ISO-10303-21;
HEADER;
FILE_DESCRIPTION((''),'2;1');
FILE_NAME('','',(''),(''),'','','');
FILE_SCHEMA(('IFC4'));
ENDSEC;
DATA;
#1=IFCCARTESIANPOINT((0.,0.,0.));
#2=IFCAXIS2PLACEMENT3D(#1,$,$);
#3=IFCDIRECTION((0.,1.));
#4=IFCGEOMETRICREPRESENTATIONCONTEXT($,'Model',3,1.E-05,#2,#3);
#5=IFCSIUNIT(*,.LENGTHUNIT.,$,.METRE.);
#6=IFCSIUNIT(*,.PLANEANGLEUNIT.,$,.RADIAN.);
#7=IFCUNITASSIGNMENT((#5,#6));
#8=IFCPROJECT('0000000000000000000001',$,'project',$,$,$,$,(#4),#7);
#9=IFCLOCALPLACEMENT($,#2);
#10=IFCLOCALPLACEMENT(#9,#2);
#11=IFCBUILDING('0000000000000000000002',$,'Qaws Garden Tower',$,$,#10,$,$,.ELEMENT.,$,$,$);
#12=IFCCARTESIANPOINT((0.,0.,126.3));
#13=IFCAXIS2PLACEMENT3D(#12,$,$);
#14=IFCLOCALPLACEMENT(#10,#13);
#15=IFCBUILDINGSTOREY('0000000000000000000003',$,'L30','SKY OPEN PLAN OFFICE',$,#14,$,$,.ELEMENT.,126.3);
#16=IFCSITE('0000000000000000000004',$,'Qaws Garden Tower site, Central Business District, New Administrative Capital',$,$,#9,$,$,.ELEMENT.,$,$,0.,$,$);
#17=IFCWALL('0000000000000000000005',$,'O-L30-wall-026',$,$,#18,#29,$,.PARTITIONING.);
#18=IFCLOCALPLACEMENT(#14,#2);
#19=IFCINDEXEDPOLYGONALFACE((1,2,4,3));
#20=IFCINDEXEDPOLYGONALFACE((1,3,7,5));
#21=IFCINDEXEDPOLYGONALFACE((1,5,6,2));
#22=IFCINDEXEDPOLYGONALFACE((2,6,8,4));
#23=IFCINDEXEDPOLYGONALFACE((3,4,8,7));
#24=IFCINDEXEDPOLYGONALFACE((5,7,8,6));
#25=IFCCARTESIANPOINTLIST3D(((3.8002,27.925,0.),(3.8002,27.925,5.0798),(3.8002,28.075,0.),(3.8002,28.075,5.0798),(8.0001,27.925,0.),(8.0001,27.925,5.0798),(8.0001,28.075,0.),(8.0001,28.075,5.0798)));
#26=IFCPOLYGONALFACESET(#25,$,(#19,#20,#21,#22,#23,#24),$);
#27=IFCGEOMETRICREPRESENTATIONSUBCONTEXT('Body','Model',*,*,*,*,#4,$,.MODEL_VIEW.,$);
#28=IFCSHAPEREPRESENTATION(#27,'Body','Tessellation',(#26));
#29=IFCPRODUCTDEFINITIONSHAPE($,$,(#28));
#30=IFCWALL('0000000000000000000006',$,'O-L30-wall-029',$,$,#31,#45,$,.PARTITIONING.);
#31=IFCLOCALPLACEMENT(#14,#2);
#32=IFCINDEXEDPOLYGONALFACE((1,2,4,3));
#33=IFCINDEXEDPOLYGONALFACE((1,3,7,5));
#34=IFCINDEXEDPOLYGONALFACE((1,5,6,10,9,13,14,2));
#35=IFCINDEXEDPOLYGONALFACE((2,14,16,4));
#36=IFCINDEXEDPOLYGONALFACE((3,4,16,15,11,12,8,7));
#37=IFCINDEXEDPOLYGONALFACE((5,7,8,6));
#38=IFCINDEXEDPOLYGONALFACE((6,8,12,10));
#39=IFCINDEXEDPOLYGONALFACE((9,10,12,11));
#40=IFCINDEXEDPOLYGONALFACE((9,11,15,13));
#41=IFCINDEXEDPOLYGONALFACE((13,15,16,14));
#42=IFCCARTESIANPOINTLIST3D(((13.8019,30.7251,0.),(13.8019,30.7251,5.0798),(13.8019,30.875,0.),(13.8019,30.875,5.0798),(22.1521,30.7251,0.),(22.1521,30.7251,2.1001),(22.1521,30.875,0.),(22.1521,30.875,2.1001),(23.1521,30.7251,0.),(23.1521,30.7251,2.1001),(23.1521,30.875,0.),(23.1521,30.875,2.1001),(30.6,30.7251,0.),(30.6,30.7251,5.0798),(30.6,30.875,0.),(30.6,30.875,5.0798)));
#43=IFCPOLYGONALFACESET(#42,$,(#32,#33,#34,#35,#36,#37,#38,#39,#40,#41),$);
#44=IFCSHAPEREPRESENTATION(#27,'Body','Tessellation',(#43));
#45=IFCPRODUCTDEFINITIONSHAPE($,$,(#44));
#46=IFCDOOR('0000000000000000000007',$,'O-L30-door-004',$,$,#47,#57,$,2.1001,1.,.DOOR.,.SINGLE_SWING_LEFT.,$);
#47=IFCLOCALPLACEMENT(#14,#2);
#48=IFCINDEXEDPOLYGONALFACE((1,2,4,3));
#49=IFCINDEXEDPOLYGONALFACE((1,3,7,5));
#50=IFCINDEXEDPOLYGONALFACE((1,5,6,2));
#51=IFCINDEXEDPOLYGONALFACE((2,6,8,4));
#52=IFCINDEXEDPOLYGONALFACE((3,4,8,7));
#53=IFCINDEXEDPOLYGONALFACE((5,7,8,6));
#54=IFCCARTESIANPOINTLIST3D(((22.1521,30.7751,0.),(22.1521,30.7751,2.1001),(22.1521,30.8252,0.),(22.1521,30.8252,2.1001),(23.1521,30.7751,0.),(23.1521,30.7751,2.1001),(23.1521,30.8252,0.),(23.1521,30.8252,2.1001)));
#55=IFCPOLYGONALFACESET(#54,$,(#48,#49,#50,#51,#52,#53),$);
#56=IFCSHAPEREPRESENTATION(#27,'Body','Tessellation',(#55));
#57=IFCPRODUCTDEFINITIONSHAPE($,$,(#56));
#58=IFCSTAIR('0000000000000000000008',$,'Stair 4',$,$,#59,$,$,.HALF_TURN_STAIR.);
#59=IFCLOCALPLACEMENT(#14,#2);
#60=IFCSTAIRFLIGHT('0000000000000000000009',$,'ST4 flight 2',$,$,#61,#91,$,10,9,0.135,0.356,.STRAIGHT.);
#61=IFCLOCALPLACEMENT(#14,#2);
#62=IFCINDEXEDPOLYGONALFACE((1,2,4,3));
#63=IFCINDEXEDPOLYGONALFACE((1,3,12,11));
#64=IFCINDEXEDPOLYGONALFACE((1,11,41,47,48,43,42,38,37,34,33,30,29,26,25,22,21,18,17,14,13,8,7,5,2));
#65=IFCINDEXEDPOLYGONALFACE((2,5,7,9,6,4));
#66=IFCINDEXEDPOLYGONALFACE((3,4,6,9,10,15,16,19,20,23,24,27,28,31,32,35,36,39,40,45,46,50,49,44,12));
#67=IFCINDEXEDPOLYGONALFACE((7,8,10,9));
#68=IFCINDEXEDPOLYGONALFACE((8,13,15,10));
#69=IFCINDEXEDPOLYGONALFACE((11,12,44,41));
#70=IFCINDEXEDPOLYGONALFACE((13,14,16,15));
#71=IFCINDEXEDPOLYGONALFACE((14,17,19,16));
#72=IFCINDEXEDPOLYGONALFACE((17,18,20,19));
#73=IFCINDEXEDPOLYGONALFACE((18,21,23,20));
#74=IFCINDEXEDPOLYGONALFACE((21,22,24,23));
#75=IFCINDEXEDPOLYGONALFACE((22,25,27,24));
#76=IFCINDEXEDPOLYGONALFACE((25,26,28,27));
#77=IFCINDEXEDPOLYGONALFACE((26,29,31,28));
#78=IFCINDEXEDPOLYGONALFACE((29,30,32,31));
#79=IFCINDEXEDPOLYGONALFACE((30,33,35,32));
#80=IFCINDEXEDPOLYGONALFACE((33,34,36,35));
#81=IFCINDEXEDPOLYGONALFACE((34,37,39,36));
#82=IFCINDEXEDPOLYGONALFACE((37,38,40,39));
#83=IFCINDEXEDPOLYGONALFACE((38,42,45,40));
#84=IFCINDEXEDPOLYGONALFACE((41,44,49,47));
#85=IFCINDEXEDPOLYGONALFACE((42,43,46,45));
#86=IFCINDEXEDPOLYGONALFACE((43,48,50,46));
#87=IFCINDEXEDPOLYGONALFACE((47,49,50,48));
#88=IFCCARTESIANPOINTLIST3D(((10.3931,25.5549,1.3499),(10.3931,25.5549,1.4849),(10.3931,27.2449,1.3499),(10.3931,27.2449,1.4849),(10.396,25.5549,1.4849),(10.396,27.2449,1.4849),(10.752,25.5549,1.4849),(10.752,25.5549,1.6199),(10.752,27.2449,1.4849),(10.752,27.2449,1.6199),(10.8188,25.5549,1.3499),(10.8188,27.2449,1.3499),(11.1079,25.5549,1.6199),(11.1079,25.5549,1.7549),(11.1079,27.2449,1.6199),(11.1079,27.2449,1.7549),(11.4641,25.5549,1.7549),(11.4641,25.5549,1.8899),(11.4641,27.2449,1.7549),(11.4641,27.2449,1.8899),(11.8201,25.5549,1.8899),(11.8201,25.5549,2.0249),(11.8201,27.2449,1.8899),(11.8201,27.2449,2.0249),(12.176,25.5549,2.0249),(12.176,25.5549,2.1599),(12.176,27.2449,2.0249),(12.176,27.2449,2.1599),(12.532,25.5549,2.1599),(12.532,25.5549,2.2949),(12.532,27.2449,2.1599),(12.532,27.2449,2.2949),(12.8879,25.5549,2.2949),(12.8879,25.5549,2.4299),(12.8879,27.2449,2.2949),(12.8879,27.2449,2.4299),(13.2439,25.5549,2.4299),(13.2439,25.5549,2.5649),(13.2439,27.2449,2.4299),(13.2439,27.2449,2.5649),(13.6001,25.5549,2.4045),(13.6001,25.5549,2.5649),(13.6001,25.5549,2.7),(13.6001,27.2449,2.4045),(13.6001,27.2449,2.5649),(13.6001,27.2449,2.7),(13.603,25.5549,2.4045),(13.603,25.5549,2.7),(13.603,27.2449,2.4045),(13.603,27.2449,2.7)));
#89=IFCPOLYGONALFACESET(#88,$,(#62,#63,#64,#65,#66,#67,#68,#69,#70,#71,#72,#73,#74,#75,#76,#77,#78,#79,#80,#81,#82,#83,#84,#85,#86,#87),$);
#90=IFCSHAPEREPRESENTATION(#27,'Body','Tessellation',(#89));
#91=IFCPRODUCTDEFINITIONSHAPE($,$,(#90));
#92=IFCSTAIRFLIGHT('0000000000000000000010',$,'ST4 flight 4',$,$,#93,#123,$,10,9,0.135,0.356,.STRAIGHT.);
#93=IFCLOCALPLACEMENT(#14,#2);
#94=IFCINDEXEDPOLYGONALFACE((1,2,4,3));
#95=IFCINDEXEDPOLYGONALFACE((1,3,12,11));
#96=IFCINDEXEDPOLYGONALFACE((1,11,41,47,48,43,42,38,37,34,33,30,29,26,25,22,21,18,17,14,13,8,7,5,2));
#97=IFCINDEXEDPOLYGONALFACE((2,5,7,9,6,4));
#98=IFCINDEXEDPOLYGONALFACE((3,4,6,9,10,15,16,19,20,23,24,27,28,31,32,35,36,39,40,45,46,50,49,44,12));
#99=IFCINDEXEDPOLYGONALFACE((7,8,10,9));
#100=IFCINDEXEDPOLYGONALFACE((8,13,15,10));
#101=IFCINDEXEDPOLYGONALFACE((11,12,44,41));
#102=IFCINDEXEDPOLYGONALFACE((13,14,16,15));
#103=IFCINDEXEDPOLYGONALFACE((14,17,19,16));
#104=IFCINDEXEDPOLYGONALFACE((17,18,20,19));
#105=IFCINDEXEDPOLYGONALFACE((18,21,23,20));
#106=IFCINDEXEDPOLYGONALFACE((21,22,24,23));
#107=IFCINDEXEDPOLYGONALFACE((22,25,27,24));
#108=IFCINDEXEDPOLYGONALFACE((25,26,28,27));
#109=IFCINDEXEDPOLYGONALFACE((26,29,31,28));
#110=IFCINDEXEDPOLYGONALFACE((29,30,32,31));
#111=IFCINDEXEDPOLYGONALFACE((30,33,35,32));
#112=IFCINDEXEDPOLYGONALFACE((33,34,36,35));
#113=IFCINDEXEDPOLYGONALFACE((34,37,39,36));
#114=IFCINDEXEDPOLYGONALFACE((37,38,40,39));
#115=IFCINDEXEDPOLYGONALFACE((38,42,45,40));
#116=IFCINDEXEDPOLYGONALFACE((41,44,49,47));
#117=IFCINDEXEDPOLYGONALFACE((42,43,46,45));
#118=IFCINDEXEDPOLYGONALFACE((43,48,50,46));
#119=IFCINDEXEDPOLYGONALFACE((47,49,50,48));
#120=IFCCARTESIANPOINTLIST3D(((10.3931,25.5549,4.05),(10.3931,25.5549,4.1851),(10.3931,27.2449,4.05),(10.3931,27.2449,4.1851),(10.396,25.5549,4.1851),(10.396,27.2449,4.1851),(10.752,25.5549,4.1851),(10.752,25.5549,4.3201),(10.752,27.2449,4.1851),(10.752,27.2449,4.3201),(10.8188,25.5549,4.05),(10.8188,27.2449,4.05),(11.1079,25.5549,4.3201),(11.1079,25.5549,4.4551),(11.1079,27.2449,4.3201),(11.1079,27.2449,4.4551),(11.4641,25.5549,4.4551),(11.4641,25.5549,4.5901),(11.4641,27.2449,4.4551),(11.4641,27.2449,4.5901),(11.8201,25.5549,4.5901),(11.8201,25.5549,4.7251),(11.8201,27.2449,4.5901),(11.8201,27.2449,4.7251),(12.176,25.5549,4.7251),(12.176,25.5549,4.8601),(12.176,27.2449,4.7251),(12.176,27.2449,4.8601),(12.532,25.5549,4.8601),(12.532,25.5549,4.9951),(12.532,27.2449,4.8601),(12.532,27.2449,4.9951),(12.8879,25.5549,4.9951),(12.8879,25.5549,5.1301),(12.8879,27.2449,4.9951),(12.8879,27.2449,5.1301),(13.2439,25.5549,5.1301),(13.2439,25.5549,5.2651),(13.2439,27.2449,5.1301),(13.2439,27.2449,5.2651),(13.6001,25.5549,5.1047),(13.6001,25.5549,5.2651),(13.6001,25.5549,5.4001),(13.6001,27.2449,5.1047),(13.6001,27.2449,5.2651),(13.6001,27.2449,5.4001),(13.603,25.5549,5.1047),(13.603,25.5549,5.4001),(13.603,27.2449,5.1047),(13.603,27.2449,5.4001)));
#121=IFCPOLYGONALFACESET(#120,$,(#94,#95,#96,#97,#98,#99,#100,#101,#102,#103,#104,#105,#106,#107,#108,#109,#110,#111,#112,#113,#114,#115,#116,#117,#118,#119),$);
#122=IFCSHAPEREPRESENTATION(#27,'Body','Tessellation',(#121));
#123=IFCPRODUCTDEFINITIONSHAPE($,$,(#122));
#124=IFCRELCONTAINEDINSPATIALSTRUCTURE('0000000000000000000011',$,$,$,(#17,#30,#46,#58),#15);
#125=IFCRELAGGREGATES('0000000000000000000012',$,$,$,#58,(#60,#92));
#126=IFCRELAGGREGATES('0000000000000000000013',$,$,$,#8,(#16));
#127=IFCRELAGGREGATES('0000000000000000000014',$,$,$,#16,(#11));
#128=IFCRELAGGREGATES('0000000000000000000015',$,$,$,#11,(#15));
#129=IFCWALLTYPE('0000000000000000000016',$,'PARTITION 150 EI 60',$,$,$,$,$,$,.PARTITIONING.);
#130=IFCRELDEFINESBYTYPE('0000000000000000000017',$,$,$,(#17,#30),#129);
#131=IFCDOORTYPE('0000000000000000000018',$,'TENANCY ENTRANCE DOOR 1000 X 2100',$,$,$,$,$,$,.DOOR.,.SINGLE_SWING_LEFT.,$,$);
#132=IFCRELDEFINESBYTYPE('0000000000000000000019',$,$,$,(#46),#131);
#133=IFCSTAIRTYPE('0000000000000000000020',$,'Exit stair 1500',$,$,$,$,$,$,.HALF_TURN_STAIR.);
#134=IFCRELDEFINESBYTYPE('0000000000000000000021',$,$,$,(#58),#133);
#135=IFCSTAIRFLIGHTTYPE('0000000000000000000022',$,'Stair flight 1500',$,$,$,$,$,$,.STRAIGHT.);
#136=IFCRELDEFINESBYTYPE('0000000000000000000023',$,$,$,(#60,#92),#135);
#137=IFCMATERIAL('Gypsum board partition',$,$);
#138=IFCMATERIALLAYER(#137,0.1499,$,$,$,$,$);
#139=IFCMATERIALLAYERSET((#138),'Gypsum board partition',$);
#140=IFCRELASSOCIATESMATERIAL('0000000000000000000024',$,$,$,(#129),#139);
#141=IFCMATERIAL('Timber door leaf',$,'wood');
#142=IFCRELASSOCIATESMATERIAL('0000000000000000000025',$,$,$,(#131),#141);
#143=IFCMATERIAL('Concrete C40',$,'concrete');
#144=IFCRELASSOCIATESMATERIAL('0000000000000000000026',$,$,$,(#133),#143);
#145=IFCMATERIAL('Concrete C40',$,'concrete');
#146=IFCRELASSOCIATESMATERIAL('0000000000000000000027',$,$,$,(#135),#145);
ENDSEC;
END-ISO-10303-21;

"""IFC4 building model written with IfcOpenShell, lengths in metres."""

from ifc_helpers import new_model, si_unit, direction, frame, frame_2d, origin, place, context, subcontext, project, spatial, polyline, rectangle, outline, extrude, material, layer, layer_set, type_object, element, fill, aggregate, save


model = new_model("IFC4")

# Units and contexts
model_context = context("Model", 3, precision=1e-05, world=origin(), true_north=direction((0.0, 1.0)))
body_context = subcontext(model_context, "Body", "Model", "MODEL_VIEW")
ifc_project = project(units=[si_unit("LENGTHUNIT", "METRE"), si_unit("PLANEANGLEUNIT", "RADIAN")], contexts=[model_context])

# Site, building, storey
site_placement = place(None, origin())
site = spatial("IfcSite", under=ifc_project, at=site_placement, Name="Qaws Garden Tower site, Central Business District, New Administrative Capital", CompositionType="ELEMENT", RefElevation=0.0)
building_placement = place(site_placement, origin())
building = spatial("IfcBuilding", under=site, at=building_placement, Name="Qaws Garden Tower", CompositionType="ELEMENT")
storey_placement = place(building_placement, frame((0.0, 0.0, 126.3)))
storey = spatial("IfcBuildingStorey", under=building, at=storey_placement, Name="L30", Description="SKY OPEN PLAN OFFICE", CompositionType="ELEMENT", Elevation=126.3)

# Shared definitions
ifc_material_1 = material(Name="Gypsum board partition")
ifc_layer_1 = layer(ifc_material_1, 0.1499)
ifc_layer_set_1 = layer_set([ifc_layer_1], Name="Gypsum board partition")
wall_type_1 = type_object("IfcWallType", Name="PARTITION 150 EI 60", PredefinedType="PARTITIONING", material=ifc_layer_set_1)

# Wall
wall_1_placement = place(storey_placement, frame((3.8, 28.0, 0.0), z_axis=(0.0, 0.0, 1.0), x_axis=(1.0, 0.0, 0.0)))
element("IfcWall", 1, at=wall_1_placement, inside=storey, type_object=wall_type_1, Name="O-L30-wall-026", PredefinedType="PARTITIONING", context=body_context, shape_type="SweptSolid", body=[
    extrude(rectangle(XDim=4.2, YDim=0.1499, at=frame_2d((2.1001, 0.0))), origin(), (0.0, 0.0, 1.0), 5.0798),
])

# Wall, opening, door
wall_2_placement = place(storey_placement, frame((13.802, 30.8, 0.0), z_axis=(0.0, 0.0, 1.0), x_axis=(1.0, 0.0, 0.0)))
wall_2 = element("IfcWall", 2, at=wall_2_placement, inside=storey, type_object=wall_type_1, Name="O-L30-wall-029", PredefinedType="PARTITIONING", context=body_context, shape_type="SweptSolid", body=[
    extrude(rectangle(XDim=16.7981, YDim=0.1499, at=frame_2d((8.3989, 0.0))), origin(), (0.0, 0.0, 1.0), 5.0798),
])
opening_1_placement = place(wall_2_placement, frame((8.3501, 0.0, 0.0)))
opening_1 = element("IfcOpeningElement", 3, at=opening_1_placement, cuts=wall_2, PredefinedType="OPENING", context=body_context, shape_type="SweptSolid", body=[
    extrude(rectangle(XDim=1.0, YDim=2.1001, at=frame_2d((0.5, 1.05))), frame((0.0, 0.085, 0.0), z_axis=(0.0, -1.0, 0.0), x_axis=(1.0, 0.0, 0.0)), (0.0, 0.0, 1.0), 0.1699),
])
ifc_material_2 = material(Name="Timber door leaf", Category="wood")
door_type_1 = type_object("IfcDoorType", Name="TENANCY ENTRANCE DOOR 1000 X 2100", OperationType="SINGLE_SWING_LEFT", PredefinedType="DOOR", material=ifc_material_2)
door_1_placement = place(opening_1_placement, frame((1.0, 0.0, 0.0), z_axis=(0.0, 0.0, 1.0), x_axis=(-1.0, 0.0, 0.0)))
door_1 = element("IfcDoor", 4, at=door_1_placement, inside=storey, type_object=door_type_1, Name="O-L30-door-004", OperationType="SINGLE_SWING_LEFT", OverallHeight=2.1001, OverallWidth=1.0, PredefinedType="DOOR", context=body_context, shape_type="SweptSolid", body=[
    extrude(rectangle(XDim=1.0, YDim=2.1001, at=frame_2d((0.5, 1.05))), frame((0.0, 0.0249, 0.0), z_axis=(0.0, -1.0, 0.0), x_axis=(1.0, 0.0, 0.0)), (0.0, 0.0, 1.0), 0.05),
])
fill(opening_1, door_1)

# Stair, stair flights
ifc_material_3 = material(Name="Concrete C40", Category="concrete")
stair_type = type_object("IfcStairType", Name="Exit stair 1500", PredefinedType="HALF_TURN_STAIR", material=ifc_material_3)
stair_placement = place(storey_placement, origin())
stair = element("IfcStair", 5, at=stair_placement, inside=storey, type_object=stair_type, Name="Stair 4", PredefinedType="HALF_TURN_STAIR")
ifc_material_4 = material(Name="Concrete C40", Category="concrete")
stair_flight_type = type_object("IfcStairFlightType", Name="Stair flight 1500", PredefinedType="STRAIGHT", material=ifc_material_4)
stair_flight_1_placement = place(storey_placement, frame((10.396, 26.3999, 1.3499), z_axis=(0.0, 0.0, 1.0), x_axis=(1.0, 0.0, 0.0)))
stair_flight_1 = element("IfcStairFlight", 6, at=stair_flight_1_placement, type_object=stair_flight_type, Name="ST4 flight 2", NumberOfRisers=10, NumberOfTreads=9, PredefinedType="STRAIGHT", RiserHeight=0.135, TreadLength=0.356, context=body_context, shape_type="SweptSolid", body=[
    extrude(outline(polyline([(-0.0029, 0.0), (-0.0029, 0.135), (0.0, 0.135), (0.356, 0.135), (0.356, 0.27), (0.7119, 0.27), (0.7119, 0.405), (1.0681, 0.405), (1.0681, 0.54), (1.4241, 0.54), (1.4241, 0.675), (1.78, 0.675), (1.78, 0.8101), (2.136, 0.8101), (2.136, 0.9451), (2.4919, 0.9451), (2.4919, 1.0801), (2.8479, 1.0801), (2.8479, 1.2151), (3.2041, 1.2151), (3.2041, 1.3501), (3.207, 1.3501), (3.207, 1.0547), (3.2041, 1.0547), (0.4229, 0.0), (-0.0029, 0.0)])), frame((0.0, 0.845, 0.0), z_axis=(0.0, -1.0, 0.0), x_axis=(1.0, 0.0, 0.0)), (0.0, 0.0, 1.0), 1.6899),
])
stair_flight_2_placement = place(storey_placement, frame((10.396, 26.3999, 4.05), z_axis=(0.0, 0.0, 1.0), x_axis=(1.0, 0.0, 0.0)))
stair_flight_2 = element("IfcStairFlight", 7, at=stair_flight_2_placement, type_object=stair_flight_type, Name="ST4 flight 4", NumberOfRisers=10, NumberOfTreads=9, PredefinedType="STRAIGHT", RiserHeight=0.135, TreadLength=0.356, context=body_context, shape_type="SweptSolid", body=[
    extrude(outline(polyline([(-0.0029, 0.0), (-0.0029, 0.135), (0.0, 0.135), (0.356, 0.135), (0.356, 0.27), (0.7119, 0.27), (0.7119, 0.405), (1.0681, 0.405), (1.0681, 0.54), (1.4241, 0.54), (1.4241, 0.675), (1.78, 0.675), (1.78, 0.8101), (2.136, 0.8101), (2.136, 0.9451), (2.4919, 0.9451), (2.4919, 1.0801), (2.8479, 1.0801), (2.8479, 1.2151), (3.2041, 1.2151), (3.2041, 1.3501), (3.207, 1.3501), (3.207, 1.0547), (3.2041, 1.0547), (0.4229, 0.0), (-0.0029, 0.0)])), frame((0.0, 0.845, 0.0), z_axis=(0.0, -1.0, 0.0), x_axis=(1.0, 0.0, 0.0)), (0.0, 0.0, 1.0), 1.6899),
])
aggregate(stair, [stair_flight_1, stair_flight_2])

save(model, "model.ifc")
